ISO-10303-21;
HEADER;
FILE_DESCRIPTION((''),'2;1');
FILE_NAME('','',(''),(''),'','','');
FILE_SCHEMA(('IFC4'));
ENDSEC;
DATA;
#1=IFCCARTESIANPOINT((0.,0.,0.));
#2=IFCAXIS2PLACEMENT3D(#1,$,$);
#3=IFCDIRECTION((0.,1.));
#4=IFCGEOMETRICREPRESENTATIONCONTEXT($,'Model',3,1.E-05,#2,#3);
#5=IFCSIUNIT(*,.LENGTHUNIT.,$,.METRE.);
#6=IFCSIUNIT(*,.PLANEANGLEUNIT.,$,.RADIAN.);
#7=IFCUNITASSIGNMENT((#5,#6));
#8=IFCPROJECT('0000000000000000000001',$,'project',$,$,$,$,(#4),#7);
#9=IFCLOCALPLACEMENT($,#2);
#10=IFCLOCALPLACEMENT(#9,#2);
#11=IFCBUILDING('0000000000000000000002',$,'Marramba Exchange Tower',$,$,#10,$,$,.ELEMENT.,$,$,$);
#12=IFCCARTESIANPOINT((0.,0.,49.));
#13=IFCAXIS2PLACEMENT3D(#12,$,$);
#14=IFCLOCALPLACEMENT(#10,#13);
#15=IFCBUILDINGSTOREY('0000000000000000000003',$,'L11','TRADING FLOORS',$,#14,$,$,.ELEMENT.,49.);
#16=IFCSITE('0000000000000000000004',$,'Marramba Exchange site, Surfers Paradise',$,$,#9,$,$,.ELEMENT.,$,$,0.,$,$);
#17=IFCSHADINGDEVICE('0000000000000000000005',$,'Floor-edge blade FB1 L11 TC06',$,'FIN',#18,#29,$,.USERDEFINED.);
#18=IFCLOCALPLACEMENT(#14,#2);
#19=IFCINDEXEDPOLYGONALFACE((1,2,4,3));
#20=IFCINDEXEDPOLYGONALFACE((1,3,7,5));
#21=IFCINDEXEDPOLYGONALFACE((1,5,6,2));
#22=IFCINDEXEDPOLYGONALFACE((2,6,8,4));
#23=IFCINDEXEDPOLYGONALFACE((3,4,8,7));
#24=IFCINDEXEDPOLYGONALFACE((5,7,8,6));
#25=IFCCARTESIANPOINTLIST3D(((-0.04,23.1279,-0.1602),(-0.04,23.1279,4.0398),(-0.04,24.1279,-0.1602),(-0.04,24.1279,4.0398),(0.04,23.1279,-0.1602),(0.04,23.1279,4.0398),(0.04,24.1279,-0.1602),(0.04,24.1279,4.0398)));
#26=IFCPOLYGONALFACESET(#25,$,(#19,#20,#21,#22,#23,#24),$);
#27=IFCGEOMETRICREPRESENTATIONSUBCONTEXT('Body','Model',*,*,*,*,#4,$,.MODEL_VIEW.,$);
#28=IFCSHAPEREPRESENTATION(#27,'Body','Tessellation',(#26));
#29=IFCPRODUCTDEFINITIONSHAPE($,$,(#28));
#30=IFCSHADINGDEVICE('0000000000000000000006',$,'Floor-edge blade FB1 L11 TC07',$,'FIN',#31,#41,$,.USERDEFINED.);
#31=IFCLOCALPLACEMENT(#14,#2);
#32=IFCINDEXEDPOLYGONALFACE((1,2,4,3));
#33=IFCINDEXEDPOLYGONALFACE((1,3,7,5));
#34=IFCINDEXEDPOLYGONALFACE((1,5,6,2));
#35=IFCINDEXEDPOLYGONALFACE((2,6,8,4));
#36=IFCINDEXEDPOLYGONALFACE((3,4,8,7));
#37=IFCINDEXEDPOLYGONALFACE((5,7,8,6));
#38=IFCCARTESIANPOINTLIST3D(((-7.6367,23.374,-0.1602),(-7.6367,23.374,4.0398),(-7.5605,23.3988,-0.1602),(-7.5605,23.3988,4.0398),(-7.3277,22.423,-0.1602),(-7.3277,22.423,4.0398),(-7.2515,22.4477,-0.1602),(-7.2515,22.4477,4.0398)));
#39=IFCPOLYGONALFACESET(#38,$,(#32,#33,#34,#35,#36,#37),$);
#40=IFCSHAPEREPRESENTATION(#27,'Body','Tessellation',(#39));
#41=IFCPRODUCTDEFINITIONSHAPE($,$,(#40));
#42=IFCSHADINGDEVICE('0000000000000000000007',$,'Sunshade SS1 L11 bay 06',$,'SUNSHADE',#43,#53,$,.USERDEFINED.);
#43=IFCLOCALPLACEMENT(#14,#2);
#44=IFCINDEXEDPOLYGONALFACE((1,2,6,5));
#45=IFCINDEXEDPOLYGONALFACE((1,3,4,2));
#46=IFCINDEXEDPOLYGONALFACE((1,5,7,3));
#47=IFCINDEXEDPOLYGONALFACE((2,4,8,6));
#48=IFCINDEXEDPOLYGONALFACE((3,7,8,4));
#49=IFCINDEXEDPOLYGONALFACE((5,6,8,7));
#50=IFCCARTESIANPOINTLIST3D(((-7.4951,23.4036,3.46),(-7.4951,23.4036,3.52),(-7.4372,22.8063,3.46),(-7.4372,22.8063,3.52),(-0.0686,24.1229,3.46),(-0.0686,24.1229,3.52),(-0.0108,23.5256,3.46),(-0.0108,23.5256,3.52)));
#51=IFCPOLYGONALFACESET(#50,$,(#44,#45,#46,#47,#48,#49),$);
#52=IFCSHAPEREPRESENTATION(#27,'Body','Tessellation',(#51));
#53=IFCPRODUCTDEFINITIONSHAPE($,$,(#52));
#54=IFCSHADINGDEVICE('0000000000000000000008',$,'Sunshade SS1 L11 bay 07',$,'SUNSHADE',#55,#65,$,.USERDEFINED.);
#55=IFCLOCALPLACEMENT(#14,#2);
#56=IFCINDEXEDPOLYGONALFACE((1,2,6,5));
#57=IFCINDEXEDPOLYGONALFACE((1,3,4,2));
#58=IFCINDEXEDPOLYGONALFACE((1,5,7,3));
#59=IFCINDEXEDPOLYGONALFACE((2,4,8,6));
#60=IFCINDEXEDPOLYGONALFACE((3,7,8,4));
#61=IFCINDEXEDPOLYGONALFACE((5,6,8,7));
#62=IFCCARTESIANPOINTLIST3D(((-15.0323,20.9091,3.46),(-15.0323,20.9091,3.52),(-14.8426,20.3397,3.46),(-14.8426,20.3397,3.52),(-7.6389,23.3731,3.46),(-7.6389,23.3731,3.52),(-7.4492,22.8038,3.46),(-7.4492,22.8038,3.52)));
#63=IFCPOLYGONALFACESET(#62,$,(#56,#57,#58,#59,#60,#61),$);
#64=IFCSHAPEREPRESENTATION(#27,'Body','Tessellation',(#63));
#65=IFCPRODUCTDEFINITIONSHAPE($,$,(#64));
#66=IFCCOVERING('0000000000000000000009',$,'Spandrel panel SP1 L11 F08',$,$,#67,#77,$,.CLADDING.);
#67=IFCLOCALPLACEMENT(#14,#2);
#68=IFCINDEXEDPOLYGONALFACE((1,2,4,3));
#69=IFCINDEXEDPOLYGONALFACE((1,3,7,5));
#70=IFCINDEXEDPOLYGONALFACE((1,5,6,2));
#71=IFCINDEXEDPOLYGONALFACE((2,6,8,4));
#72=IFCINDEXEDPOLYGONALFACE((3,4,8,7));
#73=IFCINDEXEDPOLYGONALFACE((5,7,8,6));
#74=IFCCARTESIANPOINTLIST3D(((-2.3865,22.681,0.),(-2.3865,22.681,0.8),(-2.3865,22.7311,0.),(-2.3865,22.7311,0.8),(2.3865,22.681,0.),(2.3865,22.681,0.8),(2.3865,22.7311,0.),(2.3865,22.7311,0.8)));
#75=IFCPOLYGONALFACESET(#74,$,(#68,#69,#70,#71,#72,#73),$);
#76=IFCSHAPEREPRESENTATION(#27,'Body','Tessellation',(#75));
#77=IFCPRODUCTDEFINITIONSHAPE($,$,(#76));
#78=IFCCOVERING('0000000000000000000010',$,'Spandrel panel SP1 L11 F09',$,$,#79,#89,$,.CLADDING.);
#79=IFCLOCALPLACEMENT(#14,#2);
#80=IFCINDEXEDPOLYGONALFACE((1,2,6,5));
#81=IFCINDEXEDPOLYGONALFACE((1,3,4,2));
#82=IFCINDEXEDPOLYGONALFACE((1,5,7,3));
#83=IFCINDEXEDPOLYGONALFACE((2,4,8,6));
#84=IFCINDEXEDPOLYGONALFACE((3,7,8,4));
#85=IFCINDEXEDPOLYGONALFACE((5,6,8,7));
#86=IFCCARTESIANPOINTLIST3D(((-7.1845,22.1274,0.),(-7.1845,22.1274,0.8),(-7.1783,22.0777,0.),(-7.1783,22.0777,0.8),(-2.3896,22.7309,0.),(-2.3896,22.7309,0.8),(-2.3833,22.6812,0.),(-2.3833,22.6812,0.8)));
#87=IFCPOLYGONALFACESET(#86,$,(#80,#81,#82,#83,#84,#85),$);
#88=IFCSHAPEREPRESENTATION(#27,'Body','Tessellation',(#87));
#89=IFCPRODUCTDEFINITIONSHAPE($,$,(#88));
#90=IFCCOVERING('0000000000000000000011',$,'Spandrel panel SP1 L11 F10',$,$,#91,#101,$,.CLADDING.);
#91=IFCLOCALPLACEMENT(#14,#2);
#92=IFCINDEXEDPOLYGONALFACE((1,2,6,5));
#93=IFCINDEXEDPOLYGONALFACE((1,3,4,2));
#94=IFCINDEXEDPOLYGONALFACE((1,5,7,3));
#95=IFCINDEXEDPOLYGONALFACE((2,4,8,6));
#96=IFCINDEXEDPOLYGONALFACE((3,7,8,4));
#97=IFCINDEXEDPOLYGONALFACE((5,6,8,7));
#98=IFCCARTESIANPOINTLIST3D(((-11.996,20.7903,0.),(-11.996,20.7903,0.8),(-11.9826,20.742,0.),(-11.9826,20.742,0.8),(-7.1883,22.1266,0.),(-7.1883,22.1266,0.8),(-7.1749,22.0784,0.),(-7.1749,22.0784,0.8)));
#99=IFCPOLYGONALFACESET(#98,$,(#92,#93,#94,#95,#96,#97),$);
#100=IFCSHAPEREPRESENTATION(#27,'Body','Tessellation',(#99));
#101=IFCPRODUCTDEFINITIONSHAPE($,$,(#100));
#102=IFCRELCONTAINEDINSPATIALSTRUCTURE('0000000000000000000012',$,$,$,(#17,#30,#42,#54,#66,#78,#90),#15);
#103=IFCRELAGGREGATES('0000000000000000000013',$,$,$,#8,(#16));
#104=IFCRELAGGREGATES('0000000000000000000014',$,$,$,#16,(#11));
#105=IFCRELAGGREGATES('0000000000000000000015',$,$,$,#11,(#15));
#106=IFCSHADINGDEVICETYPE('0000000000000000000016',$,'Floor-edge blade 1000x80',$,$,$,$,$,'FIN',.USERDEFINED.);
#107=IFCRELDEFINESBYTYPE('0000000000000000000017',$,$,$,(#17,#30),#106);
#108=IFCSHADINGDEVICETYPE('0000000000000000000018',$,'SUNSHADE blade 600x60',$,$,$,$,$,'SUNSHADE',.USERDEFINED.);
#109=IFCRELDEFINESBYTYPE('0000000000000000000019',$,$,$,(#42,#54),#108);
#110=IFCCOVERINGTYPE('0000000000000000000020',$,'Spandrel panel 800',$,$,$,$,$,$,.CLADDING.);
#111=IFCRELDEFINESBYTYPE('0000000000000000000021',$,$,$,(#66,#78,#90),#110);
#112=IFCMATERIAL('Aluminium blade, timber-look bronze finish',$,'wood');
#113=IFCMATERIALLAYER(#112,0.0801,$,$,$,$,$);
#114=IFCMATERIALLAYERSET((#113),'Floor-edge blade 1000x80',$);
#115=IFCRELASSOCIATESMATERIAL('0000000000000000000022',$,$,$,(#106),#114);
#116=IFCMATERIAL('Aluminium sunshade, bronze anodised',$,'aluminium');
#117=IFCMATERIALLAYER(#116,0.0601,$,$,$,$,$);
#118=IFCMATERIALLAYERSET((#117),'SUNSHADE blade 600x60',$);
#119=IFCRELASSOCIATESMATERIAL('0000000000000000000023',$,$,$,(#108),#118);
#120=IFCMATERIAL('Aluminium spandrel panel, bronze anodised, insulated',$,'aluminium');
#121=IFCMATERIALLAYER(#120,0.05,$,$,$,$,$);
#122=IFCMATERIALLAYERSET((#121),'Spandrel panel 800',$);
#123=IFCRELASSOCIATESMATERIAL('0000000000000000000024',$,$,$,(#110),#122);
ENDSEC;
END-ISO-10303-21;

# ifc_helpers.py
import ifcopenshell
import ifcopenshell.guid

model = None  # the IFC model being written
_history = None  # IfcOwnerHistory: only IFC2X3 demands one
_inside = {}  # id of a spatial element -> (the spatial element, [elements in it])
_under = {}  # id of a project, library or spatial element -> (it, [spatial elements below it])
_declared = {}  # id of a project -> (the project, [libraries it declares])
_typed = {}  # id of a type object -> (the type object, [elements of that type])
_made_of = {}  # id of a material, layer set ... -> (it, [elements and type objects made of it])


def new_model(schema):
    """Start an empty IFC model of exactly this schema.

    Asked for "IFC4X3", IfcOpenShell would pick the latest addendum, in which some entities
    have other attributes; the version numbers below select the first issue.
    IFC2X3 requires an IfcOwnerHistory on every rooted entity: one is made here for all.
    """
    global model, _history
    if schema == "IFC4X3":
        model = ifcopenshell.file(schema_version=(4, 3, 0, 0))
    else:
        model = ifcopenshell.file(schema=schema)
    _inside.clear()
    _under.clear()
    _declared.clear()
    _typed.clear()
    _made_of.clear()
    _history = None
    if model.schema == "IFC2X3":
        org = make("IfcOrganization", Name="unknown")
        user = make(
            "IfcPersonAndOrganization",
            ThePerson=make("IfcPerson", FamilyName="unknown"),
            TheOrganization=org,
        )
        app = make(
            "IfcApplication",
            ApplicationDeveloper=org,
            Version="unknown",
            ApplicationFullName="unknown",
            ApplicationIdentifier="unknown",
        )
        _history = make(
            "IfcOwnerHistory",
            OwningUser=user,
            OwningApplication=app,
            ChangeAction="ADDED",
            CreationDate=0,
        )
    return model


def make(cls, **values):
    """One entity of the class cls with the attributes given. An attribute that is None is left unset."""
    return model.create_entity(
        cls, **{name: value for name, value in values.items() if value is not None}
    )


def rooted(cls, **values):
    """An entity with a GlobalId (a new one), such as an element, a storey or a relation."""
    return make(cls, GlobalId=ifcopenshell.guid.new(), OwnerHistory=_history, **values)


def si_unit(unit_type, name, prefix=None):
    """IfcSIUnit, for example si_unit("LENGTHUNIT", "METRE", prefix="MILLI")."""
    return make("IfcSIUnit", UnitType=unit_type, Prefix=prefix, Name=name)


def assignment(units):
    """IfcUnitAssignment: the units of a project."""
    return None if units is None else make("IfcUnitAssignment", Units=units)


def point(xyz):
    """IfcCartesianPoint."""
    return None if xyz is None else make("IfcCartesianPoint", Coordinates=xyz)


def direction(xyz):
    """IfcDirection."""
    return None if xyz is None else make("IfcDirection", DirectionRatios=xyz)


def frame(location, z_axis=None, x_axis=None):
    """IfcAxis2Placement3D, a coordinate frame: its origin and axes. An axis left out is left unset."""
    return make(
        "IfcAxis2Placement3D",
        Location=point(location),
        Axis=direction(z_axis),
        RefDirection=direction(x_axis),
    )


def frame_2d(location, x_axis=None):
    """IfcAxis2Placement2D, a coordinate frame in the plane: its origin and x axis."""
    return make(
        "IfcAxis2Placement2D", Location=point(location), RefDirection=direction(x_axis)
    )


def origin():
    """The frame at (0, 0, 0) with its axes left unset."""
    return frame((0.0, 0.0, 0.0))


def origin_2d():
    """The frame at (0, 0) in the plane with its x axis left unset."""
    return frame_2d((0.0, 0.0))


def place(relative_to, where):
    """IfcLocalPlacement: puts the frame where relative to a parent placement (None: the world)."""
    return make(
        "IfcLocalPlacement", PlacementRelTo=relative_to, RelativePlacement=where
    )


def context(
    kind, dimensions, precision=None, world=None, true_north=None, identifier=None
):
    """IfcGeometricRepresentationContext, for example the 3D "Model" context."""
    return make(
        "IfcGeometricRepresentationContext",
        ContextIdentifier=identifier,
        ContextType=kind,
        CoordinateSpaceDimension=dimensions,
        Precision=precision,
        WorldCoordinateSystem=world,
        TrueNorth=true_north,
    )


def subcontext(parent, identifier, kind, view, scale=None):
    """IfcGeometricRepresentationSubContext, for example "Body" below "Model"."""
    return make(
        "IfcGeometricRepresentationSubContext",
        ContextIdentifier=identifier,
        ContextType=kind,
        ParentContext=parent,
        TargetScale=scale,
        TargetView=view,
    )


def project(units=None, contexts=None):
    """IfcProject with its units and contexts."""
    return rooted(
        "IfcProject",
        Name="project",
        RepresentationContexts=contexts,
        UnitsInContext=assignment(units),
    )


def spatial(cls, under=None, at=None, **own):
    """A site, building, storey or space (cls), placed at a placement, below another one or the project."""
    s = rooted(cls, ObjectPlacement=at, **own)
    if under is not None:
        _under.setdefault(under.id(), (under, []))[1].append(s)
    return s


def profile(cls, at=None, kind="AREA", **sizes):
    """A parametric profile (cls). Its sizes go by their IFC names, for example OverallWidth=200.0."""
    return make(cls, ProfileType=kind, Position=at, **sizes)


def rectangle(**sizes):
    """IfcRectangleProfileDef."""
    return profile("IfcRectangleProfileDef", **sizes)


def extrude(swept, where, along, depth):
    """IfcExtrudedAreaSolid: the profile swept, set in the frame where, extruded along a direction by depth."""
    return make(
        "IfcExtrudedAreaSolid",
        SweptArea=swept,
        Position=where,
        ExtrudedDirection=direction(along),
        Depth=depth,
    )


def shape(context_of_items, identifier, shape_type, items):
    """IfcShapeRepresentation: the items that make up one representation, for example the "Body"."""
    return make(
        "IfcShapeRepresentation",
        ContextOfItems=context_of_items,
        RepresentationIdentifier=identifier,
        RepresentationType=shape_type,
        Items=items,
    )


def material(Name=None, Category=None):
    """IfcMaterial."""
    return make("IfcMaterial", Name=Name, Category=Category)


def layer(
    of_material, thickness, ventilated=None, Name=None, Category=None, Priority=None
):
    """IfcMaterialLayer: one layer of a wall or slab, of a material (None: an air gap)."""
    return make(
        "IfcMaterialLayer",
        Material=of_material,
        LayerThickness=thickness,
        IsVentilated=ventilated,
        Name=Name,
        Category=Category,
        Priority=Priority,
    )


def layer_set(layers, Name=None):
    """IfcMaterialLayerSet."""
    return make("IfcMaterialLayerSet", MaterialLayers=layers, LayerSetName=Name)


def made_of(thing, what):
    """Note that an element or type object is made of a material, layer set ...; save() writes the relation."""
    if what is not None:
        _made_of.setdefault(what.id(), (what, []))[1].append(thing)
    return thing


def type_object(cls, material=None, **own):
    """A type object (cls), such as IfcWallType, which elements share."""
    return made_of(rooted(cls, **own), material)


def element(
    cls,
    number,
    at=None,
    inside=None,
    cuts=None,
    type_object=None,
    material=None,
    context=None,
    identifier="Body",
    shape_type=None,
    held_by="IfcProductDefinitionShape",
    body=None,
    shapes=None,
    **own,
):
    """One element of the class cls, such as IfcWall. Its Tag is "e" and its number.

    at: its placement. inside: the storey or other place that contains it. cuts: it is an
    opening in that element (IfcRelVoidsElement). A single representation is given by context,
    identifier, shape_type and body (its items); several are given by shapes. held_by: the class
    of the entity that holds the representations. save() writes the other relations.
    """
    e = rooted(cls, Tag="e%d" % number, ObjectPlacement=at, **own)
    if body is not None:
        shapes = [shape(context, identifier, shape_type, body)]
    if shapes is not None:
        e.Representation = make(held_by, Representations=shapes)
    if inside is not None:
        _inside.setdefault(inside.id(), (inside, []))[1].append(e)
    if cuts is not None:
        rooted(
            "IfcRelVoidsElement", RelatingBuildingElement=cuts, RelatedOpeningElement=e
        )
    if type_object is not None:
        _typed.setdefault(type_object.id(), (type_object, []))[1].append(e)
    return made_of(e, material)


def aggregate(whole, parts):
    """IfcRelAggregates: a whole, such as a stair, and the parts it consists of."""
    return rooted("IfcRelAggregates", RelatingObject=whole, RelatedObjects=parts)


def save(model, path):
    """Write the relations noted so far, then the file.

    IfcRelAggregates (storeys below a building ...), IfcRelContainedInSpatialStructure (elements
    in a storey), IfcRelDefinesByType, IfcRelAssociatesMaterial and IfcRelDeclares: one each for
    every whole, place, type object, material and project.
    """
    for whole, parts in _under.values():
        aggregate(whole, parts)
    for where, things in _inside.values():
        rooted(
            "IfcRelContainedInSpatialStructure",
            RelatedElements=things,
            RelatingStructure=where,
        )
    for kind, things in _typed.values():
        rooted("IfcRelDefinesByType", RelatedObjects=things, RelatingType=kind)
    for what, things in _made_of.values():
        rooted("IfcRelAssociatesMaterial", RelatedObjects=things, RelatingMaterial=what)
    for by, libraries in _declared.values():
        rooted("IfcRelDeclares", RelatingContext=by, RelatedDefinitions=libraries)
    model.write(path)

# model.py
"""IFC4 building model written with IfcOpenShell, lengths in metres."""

from ifc_helpers import new_model, si_unit, direction, frame, origin, origin_2d, place, context, subcontext, project, spatial, rectangle, extrude, material, layer, layer_set, type_object, element, save


model = new_model("IFC4")

# Units and contexts
model_context = context("Model", 3, precision=1e-05, world=origin(), true_north=direction((0.0, 1.0)))
body_context = subcontext(model_context, "Body", "Model", "MODEL_VIEW")
ifc_project = project(units=[si_unit("LENGTHUNIT", "METRE"), si_unit("PLANEANGLEUNIT", "RADIAN")], contexts=[model_context])

# Site, building, storey
site_placement = place(None, origin())
site = spatial("IfcSite", under=ifc_project, at=site_placement, Name="Marramba Exchange site, Surfers Paradise", CompositionType="ELEMENT", RefElevation=0.0)
building_placement = place(site_placement, origin())
building = spatial("IfcBuilding", under=site, at=building_placement, Name="Marramba Exchange Tower", CompositionType="ELEMENT")
storey_placement = place(building_placement, frame((0.0, 0.0, 49.0)))
storey = spatial("IfcBuildingStorey", under=building, at=storey_placement, Name="L11", Description="TRADING FLOORS", CompositionType="ELEMENT", Elevation=49.0)

# Shading devices
ifc_material_1 = material(Name="Aluminium blade, timber-look bronze finish", Category="wood")
ifc_layer_1 = layer(ifc_material_1, 0.0801)
ifc_layer_set_1 = layer_set([ifc_layer_1], Name="Floor-edge blade 1000x80")
shading_device_type_1 = type_object("IfcShadingDeviceType", Name="Floor-edge blade 1000x80", ElementType="FIN", PredefinedType="USERDEFINED", material=ifc_layer_set_1)
for number, where, z_axis, x_axis, name in (
    (1, (0.0, 23.6279, -0.1602), (0.0, 0.0, 1.0), (0.0, 1.0, 0.0), "Floor-edge blade FB1 L11 TC06"),
    (2, (-7.4441, 22.9109, -0.1602), (0.0, 0.0, 1.0), (-0.309017, 0.951057, 0.0), "Floor-edge blade FB1 L11 TC07"),
):
    element("IfcShadingDevice", number, at=place(storey_placement, frame(where, z_axis=z_axis, x_axis=x_axis)), inside=storey, type_object=shading_device_type_1, Name=name, ObjectType="FIN", PredefinedType="USERDEFINED", context=body_context, shape_type="SweptSolid", body=[
        extrude(rectangle(XDim=1.0, YDim=0.0801, at=origin_2d()), origin(), (0.0, 0.0, 1.0), 4.2),
    ])
ifc_material_2 = material(Name="Aluminium sunshade, bronze anodised", Category="aluminium")
ifc_layer_2 = layer(ifc_material_2, 0.0601)
ifc_layer_set_2 = layer_set([ifc_layer_2], Name="SUNSHADE blade 600x60")
shading_device_type_2 = type_object("IfcShadingDeviceType", Name="SUNSHADE blade 600x60", ElementType="SUNSHADE", PredefinedType="USERDEFINED", material=ifc_layer_set_2)
shading_device_1_placement = place(storey_placement, frame((-3.7529, 23.4646, 3.46), z_axis=(0.0, 0.0, 1.0), x_axis=(-0.995343, -0.096398, 0.0)))
element("IfcShadingDevice", 3, at=shading_device_1_placement, inside=storey, type_object=shading_device_type_2, Name="Sunshade SS1 L11 bay 06", ObjectType="SUNSHADE", PredefinedType="USERDEFINED", context=body_context, shape_type="SweptSolid", body=[
    extrude(rectangle(XDim=7.4612, YDim=0.6001, at=origin_2d()), origin(), (0.0, 0.0, 1.0), 0.0601),
])
shading_device_2_placement = place(storey_placement, frame((-11.2407, 21.8564, 3.46), z_axis=(0.0, 0.0, 1.0), x_axis=(-0.948698, -0.316184, 0.0)))
element("IfcShadingDevice", 4, at=shading_device_2_placement, inside=storey, type_object=shading_device_type_2, Name="Sunshade SS1 L11 bay 07", ObjectType="SUNSHADE", PredefinedType="USERDEFINED", context=body_context, shape_type="SweptSolid", body=[
    extrude(rectangle(XDim=7.7932, YDim=0.6001, at=origin_2d()), origin(), (0.0, 0.0, 1.0), 0.0601),
])

# Coverings
ifc_material_3 = material(Name="Aluminium spandrel panel, bronze anodised, insulated", Category="aluminium")
ifc_layer_3 = layer(ifc_material_3, 0.05)
ifc_layer_set_3 = layer_set([ifc_layer_3], Name="Spandrel panel 800")
covering_type = type_object("IfcCoveringType", Name="Spandrel panel 800", PredefinedType="CLADDING", material=ifc_layer_set_3)
covering_1_placement = place(storey_placement, frame((0.0, 22.7061, 0.0), z_axis=(0.0, 0.0, 1.0), x_axis=(-1.0, 0.0, 0.0)))
element("IfcCovering", 5, at=covering_1_placement, inside=storey, type_object=covering_type, Name="Spandrel panel SP1 L11 F08", PredefinedType="CLADDING", context=body_context, shape_type="SweptSolid", body=[
    extrude(rectangle(XDim=4.7729, YDim=0.05, at=origin_2d()), origin(), (0.0, 0.0, 1.0), 0.8),
])
covering_2_placement = place(storey_placement, frame((-4.7839, 22.4043, 0.0), z_axis=(0.0, 0.0, 1.0), x_axis=(-0.992173, -0.124873, 0.0)))
element("IfcCovering", 6, at=covering_2_placement, inside=storey, type_object=covering_type, Name="Spandrel panel SP1 L11 F09", PredefinedType="CLADDING", context=body_context, shape_type="SweptSolid", body=[
    extrude(rectangle(XDim=4.8328, YDim=0.05, at=origin_2d()), origin(), (0.0, 0.0, 1.0), 0.8),
])
covering_3_placement = place(storey_placement, frame((-9.5854, 21.4343, 0.0), z_axis=(0.0, 0.0, 1.0), x_axis=(-0.963472, -0.267809, 0.0)))
element("IfcCovering", 7, at=covering_3_placement, inside=storey, type_object=covering_type, Name="Spandrel panel SP1 L11 F10", PredefinedType="CLADDING", context=body_context, shape_type="SweptSolid", body=[
    extrude(rectangle(XDim=4.99, YDim=0.05, at=origin_2d()), origin(), (0.0, 0.0, 1.0), 0.8),
])

save(model, "model.ifc")
